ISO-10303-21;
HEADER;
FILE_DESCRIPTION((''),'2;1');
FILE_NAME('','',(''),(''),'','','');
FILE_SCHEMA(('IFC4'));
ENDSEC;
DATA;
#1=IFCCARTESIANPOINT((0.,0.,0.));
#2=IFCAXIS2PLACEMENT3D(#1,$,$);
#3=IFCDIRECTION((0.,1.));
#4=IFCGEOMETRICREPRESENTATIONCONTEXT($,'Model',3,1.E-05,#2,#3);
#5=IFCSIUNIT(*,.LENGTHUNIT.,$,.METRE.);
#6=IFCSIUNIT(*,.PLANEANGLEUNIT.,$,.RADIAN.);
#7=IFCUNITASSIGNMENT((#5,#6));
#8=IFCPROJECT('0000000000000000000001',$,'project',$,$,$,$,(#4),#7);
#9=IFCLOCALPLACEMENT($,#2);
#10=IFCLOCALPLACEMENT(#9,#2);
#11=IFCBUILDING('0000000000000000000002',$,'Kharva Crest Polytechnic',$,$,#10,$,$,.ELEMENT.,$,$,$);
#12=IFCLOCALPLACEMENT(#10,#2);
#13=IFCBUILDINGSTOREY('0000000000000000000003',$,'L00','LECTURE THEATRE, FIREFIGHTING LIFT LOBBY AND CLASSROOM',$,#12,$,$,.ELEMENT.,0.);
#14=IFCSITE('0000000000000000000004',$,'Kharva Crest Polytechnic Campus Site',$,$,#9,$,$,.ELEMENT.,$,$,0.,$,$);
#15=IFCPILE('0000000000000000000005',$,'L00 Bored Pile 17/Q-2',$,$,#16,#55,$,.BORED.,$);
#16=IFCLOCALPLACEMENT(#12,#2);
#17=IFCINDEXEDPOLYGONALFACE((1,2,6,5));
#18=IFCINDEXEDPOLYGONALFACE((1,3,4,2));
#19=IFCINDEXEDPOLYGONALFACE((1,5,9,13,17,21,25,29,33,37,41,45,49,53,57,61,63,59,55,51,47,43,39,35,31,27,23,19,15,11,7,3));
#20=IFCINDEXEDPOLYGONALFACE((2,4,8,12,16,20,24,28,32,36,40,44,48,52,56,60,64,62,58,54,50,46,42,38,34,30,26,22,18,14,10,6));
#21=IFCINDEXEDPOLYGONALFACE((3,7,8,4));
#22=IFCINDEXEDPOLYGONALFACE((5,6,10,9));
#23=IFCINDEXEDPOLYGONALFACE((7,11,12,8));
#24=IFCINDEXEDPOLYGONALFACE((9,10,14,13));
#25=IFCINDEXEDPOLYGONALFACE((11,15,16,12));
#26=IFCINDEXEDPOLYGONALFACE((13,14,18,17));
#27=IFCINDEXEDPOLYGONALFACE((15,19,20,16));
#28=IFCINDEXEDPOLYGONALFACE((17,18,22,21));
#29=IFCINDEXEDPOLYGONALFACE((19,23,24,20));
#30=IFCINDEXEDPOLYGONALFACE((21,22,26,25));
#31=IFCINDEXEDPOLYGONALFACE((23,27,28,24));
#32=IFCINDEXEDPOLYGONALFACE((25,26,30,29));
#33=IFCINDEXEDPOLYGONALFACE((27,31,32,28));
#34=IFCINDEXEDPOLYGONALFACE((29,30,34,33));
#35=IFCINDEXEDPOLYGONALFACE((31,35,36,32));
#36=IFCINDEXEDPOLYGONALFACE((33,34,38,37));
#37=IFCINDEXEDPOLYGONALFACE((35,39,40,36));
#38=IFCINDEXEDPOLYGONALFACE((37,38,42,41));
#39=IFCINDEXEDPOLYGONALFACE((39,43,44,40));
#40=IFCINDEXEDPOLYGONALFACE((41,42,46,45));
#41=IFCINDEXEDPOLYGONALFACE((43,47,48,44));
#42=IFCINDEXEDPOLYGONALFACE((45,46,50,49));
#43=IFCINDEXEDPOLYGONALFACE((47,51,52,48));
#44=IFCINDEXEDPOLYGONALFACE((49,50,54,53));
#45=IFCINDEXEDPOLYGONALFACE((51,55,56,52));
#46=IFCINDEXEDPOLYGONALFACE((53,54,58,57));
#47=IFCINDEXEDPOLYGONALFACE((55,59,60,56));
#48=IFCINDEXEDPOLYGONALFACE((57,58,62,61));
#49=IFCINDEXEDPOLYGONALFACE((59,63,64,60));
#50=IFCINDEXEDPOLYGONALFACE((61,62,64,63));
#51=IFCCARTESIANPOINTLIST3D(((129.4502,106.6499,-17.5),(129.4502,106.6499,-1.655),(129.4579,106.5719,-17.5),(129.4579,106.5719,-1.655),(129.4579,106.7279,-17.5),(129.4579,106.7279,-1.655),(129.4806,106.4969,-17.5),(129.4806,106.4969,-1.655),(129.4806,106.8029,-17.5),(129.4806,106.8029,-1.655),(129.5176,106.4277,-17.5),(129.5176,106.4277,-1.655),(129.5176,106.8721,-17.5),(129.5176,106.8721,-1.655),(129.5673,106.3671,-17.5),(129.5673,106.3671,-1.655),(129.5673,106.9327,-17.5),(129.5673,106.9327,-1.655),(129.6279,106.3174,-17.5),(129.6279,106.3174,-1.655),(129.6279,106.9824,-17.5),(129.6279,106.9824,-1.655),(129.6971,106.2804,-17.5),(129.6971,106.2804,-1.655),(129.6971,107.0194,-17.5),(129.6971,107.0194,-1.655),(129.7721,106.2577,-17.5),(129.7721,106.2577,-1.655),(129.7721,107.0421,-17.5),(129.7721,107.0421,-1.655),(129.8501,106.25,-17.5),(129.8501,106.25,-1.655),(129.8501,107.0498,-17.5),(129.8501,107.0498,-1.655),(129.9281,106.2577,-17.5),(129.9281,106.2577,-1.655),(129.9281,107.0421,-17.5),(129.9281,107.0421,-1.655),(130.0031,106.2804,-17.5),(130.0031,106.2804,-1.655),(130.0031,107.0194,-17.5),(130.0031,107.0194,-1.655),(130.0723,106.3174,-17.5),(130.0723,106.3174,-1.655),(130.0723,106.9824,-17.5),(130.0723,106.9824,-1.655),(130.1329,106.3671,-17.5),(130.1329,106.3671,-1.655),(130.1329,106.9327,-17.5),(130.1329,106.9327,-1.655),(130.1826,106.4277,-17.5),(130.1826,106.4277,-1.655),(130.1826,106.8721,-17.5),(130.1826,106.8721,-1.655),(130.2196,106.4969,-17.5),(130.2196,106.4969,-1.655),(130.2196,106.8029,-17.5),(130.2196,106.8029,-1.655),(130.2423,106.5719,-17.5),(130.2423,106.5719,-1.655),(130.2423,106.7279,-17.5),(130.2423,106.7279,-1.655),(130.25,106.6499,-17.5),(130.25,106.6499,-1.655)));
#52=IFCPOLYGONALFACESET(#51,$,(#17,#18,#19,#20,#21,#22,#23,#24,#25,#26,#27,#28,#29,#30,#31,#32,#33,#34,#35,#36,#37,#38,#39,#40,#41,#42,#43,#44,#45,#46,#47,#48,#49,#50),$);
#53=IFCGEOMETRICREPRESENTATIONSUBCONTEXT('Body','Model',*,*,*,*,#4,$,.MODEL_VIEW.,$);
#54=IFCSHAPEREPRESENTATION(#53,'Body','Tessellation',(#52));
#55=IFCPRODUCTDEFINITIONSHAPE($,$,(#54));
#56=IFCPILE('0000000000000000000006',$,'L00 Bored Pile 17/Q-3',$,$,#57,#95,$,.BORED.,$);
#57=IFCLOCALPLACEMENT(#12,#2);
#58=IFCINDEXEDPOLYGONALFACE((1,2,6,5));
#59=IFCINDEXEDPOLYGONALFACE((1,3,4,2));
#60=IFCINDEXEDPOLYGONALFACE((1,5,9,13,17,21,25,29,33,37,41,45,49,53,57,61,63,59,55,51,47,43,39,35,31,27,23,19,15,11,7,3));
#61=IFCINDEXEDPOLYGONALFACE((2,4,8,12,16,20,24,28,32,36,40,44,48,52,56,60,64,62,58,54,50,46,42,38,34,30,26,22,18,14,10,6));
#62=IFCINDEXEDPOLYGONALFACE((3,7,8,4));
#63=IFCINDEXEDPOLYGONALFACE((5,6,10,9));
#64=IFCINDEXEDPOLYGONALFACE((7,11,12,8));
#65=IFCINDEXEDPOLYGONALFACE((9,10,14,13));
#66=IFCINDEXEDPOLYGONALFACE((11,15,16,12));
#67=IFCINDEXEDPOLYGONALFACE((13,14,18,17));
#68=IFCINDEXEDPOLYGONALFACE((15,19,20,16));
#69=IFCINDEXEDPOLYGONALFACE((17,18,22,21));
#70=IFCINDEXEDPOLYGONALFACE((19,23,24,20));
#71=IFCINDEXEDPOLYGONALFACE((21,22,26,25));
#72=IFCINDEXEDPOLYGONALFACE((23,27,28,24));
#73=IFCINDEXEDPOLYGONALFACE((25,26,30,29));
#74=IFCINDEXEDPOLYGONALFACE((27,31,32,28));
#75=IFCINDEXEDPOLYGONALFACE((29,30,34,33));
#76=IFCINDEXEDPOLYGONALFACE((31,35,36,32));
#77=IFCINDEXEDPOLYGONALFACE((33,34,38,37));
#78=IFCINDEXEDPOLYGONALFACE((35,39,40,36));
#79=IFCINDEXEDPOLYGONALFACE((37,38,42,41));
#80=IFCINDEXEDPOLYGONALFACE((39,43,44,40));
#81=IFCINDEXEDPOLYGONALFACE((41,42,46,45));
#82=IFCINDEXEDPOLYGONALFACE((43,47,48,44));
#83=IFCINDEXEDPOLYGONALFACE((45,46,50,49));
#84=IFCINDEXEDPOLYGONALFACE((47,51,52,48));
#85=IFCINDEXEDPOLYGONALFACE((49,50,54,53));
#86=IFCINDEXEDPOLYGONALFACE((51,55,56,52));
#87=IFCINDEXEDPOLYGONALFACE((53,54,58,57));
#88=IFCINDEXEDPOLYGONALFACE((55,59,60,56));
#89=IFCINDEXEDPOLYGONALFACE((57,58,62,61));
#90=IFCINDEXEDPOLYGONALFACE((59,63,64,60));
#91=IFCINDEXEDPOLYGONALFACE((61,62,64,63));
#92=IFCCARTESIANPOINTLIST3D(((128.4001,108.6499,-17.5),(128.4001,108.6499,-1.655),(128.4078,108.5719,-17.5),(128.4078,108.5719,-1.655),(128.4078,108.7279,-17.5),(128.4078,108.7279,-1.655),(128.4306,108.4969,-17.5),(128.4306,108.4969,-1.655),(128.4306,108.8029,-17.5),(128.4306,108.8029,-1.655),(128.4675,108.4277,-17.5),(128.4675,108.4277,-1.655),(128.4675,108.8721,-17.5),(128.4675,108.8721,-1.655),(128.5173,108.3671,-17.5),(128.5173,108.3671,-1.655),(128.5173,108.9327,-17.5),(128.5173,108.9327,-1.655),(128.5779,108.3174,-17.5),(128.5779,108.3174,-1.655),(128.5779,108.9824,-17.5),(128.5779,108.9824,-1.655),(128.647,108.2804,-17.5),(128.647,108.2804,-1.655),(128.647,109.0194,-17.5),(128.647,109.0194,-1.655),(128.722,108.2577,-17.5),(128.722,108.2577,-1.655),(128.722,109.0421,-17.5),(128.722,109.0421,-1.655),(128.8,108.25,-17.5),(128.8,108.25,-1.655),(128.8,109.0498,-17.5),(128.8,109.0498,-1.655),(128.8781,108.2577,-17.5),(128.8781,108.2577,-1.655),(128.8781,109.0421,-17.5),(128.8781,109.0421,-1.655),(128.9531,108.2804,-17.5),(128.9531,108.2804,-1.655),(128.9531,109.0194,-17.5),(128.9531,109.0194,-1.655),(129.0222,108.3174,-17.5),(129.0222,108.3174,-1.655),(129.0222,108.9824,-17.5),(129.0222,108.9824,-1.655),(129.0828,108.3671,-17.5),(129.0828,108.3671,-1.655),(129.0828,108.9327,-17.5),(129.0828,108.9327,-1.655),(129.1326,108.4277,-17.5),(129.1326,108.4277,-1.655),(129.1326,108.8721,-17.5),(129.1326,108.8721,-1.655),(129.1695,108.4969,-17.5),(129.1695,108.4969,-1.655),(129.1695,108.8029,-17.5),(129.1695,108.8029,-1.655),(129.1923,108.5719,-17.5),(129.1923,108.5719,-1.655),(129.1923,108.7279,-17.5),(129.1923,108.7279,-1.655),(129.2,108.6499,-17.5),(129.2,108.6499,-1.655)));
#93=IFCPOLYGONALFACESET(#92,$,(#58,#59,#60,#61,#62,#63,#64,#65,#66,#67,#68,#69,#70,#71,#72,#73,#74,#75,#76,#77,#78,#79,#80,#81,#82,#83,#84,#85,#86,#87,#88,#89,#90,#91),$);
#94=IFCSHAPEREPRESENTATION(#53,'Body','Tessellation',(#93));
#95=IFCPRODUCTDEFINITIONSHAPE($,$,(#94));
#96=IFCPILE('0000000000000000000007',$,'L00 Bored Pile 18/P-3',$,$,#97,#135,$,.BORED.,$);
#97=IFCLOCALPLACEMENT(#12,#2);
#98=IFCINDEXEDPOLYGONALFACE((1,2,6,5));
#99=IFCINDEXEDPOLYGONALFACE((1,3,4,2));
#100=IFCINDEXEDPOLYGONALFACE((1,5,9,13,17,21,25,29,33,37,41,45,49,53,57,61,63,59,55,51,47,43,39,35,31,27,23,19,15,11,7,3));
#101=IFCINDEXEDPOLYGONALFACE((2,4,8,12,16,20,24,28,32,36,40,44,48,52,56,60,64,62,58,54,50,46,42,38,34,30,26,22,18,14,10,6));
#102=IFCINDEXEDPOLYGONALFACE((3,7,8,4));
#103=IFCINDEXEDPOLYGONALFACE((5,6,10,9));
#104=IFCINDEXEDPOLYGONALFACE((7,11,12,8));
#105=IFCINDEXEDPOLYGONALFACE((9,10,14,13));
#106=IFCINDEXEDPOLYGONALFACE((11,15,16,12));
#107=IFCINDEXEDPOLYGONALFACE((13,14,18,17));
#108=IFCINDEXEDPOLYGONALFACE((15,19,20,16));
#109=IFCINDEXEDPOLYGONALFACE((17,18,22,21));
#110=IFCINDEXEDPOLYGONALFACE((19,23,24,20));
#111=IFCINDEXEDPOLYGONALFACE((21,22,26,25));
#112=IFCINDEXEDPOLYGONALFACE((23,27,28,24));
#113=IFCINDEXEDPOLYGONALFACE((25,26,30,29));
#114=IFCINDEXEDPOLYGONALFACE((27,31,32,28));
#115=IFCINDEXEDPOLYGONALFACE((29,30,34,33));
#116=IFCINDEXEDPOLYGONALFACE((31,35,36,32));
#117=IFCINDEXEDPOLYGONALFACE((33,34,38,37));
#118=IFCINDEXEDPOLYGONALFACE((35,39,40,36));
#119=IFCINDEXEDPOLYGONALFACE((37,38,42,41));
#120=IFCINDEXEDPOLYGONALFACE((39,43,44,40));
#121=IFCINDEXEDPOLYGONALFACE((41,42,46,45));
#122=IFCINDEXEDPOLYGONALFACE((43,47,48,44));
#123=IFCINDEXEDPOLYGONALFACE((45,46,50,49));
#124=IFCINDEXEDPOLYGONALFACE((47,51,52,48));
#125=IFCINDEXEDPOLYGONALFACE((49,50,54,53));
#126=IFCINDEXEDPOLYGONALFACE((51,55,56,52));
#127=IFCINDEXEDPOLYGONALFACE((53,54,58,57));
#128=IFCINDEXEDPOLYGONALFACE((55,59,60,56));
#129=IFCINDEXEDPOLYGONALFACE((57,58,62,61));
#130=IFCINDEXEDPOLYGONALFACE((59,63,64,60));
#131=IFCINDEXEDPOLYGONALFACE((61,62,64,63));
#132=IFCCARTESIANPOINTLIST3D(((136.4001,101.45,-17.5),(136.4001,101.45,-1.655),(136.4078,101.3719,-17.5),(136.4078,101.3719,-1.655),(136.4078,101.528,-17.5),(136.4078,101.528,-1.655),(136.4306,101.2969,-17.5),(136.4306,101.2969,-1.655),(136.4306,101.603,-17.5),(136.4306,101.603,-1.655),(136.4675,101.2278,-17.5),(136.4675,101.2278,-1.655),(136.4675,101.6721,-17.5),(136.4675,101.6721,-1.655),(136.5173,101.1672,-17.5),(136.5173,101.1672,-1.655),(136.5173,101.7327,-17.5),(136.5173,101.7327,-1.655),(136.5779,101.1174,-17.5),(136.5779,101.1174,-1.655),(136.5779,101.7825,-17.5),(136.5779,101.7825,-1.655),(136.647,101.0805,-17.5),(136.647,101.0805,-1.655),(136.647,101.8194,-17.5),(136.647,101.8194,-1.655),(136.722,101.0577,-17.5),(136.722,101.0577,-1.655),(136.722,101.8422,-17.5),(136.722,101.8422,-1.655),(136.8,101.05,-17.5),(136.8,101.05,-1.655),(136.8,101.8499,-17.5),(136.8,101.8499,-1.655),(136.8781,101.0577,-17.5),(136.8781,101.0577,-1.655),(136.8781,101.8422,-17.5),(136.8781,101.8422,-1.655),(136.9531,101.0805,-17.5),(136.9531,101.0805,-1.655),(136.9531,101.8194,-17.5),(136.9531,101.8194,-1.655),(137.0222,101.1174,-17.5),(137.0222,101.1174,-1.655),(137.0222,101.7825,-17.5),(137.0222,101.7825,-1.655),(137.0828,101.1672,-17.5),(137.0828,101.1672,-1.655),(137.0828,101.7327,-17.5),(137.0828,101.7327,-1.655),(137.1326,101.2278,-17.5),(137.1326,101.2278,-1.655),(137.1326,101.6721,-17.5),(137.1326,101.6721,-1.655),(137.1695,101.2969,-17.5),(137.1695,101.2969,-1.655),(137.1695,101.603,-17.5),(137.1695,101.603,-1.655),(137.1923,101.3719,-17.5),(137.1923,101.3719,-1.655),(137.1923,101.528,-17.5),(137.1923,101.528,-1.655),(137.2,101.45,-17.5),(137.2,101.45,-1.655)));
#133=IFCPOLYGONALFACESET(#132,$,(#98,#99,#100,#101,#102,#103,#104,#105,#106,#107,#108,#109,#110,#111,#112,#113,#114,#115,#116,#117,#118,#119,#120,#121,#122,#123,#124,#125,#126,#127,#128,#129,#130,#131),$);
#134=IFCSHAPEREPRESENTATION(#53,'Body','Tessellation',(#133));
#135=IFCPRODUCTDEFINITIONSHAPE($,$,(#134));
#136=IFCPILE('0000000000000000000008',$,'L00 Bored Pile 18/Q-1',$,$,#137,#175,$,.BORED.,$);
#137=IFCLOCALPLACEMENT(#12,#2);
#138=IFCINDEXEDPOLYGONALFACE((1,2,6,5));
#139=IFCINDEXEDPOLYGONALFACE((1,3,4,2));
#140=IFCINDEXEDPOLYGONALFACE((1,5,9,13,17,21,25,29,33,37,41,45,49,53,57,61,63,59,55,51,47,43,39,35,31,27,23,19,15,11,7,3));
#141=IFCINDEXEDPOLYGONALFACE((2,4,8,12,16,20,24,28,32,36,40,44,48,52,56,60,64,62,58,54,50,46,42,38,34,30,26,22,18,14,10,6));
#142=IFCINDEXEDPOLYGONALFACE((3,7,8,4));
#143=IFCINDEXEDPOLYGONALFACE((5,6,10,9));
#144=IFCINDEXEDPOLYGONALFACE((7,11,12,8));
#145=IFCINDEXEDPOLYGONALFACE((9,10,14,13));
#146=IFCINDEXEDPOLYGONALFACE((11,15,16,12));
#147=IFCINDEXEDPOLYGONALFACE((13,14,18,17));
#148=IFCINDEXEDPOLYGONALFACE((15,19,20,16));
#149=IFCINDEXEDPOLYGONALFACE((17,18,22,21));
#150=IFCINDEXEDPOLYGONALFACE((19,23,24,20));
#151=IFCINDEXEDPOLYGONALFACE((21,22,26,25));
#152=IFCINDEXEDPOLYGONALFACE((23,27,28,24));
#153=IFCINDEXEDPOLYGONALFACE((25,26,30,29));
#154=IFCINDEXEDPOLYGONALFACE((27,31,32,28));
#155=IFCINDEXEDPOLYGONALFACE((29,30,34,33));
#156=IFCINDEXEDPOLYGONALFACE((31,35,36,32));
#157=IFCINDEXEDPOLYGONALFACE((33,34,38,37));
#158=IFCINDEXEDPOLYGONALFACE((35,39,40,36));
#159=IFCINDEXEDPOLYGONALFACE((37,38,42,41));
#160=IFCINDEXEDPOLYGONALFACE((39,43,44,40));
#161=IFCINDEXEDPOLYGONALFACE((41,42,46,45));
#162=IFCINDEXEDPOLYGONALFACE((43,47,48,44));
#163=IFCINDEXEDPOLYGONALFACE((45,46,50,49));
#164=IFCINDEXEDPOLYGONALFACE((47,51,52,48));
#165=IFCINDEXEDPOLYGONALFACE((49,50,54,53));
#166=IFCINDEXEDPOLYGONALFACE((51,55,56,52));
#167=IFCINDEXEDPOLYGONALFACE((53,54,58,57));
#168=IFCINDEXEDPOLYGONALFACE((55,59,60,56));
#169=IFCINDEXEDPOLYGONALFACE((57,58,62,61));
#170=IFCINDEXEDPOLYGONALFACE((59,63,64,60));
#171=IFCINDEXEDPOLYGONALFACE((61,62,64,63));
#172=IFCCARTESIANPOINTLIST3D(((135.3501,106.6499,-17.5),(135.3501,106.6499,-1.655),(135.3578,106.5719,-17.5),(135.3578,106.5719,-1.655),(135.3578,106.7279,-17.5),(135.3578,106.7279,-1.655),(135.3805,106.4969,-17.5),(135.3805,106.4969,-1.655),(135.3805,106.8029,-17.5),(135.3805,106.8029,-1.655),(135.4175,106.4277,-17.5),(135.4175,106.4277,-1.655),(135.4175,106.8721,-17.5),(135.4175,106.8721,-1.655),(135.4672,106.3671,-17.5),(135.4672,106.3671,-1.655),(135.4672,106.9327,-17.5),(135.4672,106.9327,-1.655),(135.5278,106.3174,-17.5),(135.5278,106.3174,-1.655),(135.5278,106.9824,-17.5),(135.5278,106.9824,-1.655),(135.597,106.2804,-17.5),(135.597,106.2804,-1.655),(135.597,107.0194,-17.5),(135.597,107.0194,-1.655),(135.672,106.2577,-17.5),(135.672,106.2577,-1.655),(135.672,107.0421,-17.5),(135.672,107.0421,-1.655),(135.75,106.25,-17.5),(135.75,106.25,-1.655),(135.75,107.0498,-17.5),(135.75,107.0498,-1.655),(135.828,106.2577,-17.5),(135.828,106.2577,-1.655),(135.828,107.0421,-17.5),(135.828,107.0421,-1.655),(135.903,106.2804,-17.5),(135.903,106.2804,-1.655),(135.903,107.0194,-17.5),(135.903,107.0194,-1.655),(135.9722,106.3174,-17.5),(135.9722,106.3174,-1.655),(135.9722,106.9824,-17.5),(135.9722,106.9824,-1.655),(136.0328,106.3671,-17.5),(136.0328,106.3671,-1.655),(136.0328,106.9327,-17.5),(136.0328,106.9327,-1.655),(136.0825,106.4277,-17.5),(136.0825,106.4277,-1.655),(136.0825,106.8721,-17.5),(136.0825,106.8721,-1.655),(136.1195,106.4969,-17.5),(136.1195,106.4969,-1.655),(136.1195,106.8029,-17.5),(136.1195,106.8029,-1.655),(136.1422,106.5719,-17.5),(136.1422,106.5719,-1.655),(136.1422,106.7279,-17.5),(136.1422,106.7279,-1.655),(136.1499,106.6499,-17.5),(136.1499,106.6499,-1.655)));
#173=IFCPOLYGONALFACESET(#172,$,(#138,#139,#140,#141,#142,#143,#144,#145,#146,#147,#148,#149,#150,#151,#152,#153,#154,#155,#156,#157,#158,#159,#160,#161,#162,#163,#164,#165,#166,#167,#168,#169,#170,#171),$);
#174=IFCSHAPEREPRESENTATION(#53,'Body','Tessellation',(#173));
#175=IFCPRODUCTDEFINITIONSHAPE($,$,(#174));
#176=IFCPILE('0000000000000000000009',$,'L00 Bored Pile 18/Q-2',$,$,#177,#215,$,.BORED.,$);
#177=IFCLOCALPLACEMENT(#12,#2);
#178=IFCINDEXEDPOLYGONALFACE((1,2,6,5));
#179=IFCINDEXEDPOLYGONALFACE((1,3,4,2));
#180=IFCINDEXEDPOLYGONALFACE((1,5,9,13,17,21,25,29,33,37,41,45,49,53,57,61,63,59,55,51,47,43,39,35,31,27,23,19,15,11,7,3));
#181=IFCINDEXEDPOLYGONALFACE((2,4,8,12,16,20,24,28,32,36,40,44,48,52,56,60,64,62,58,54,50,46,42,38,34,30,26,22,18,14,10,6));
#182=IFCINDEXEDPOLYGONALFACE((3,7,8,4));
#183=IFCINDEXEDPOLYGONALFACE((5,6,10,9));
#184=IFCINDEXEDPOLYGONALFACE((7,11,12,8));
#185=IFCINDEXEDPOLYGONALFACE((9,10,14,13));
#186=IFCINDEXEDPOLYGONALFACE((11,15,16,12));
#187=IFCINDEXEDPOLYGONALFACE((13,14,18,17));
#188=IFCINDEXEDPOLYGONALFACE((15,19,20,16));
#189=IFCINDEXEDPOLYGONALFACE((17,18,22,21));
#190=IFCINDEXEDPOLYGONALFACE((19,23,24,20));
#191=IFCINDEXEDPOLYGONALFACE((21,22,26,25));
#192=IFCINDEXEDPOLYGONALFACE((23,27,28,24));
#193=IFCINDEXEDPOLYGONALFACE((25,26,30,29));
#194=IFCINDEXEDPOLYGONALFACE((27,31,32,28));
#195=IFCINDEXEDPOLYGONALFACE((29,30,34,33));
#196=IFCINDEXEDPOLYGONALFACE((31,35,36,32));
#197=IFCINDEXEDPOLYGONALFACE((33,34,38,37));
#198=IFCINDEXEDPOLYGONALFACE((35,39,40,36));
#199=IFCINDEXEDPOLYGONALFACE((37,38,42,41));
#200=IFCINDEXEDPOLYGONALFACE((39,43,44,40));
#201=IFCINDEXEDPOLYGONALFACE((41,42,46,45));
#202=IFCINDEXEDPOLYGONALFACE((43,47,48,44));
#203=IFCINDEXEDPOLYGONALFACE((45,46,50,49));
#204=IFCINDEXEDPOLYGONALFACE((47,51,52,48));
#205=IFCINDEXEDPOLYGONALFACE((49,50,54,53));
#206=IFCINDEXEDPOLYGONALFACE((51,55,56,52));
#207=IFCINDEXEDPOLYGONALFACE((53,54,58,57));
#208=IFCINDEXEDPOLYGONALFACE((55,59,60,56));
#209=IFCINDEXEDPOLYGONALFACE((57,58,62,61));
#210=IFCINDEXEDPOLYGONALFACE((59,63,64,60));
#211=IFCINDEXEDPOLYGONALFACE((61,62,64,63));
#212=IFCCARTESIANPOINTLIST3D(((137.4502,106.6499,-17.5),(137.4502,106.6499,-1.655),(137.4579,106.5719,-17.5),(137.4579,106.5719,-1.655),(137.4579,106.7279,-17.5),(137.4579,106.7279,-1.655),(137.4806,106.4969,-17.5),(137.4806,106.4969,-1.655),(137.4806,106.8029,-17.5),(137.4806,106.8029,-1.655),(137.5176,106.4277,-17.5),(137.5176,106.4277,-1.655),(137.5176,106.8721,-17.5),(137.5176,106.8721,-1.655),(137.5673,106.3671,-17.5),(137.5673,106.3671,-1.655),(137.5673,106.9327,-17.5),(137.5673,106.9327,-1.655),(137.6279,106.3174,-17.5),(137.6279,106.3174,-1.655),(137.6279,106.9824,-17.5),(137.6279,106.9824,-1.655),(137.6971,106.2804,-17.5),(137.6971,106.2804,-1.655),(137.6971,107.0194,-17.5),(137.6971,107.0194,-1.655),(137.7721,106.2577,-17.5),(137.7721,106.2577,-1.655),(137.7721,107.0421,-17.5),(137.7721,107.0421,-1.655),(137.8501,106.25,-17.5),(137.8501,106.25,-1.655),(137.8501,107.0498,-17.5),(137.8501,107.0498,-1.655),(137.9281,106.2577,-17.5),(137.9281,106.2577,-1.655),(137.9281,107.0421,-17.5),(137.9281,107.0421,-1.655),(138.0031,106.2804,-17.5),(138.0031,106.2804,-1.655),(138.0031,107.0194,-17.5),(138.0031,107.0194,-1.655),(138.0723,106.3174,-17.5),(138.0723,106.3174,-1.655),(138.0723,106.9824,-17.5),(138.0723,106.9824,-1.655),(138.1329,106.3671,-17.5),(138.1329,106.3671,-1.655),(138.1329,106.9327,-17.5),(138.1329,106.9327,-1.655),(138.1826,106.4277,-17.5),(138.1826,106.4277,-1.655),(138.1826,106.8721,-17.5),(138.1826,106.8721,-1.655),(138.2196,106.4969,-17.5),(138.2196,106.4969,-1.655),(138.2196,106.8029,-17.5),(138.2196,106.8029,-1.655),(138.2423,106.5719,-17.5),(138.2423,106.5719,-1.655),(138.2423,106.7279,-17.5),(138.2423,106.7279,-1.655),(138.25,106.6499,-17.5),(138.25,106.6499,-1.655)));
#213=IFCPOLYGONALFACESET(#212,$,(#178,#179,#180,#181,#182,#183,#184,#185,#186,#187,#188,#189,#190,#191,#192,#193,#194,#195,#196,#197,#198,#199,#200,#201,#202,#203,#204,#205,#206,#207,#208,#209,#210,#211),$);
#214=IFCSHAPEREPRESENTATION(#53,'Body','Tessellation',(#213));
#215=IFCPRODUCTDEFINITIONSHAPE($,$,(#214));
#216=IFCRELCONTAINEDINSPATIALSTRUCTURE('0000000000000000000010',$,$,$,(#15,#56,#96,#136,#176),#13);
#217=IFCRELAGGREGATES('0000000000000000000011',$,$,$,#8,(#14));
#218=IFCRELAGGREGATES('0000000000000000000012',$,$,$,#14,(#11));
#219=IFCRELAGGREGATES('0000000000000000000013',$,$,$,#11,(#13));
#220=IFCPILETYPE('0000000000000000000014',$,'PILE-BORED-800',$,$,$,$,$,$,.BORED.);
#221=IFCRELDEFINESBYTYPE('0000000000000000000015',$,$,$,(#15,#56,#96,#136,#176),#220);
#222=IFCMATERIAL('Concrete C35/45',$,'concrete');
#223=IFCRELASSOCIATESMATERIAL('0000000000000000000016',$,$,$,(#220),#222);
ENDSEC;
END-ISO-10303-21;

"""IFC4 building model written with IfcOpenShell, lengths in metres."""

from ifc_helpers import new_model, si_unit, direction, frame, origin, origin_2d, place, context, subcontext, project, spatial, circle, extrude, material, material_profile, profile_set, type_object, element, save


model = new_model("IFC4")

# Units and contexts
model_context = context("Model", 3, precision=1e-05, world=origin(), true_north=direction((0.0, 1.0)))
body_context = subcontext(model_context, "Body", "Model", "MODEL_VIEW")
ifc_project = project(units=[si_unit("LENGTHUNIT", "METRE"), si_unit("PLANEANGLEUNIT", "RADIAN")], contexts=[model_context])

# Site, building, storey
site_placement = place(None, origin())
site = spatial("IfcSite", under=ifc_project, at=site_placement, Name="Kharva Crest Polytechnic Campus Site", CompositionType="ELEMENT", RefElevation=0.0)
building_placement = place(site_placement, origin())
building = spatial("IfcBuilding", under=site, at=building_placement, Name="Kharva Crest Polytechnic", CompositionType="ELEMENT")
storey_placement = place(building_placement, origin())
storey = spatial("IfcBuildingStorey", under=building, at=storey_placement, Name="L00", Description="LECTURE THEATRE, FIREFIGHTING LIFT LOBBY AND CLASSROOM", CompositionType="ELEMENT", Elevation=0.0)

# Shared definitions
ifc_material_1 = material(Name="Concrete C35/45", Category="concrete")

# Piles
ifc_material_profile_1 = material_profile(ifc_material_1, circle(Radius=0.3999, at=origin_2d()), Name="DIA 800")
ifc_profile_set_1 = profile_set([ifc_material_profile_1], Name="Concrete C35/45")
pile_type = type_object("IfcPileType", Name="PILE-BORED-800", PredefinedType="BORED", material=ifc_profile_set_1)
for number, where, z_axis, x_axis, name in (
    (1, (129.8501, 106.6499, -1.655), (0.0, 0.0, -1.0), (1.0, 0.0, 0.0), "L00 Bored Pile 17/Q-2"),
    (2, (128.8, 108.6499, -1.655), (0.0, 0.0, -1.0), (1.0, 0.0, 0.0), "L00 Bored Pile 17/Q-3"),
    (3, (136.8, 101.45, -1.655), (0.0, 0.0, -1.0), (1.0, 0.0, 0.0), "L00 Bored Pile 18/P-3"),
    (4, (135.75, 106.6499, -1.655), (0.0, 0.0, -1.0), (1.0, 0.0, 0.0), "L00 Bored Pile 18/Q-1"),
    (5, (137.8501, 106.6499, -1.655), (0.0, 0.0, -1.0), (1.0, 0.0, 0.0), "L00 Bored Pile 18/Q-2"),
):
    element("IfcPile", number, at=place(storey_placement, frame(where, z_axis=z_axis, x_axis=x_axis)), inside=storey, type_object=pile_type, Name=name, PredefinedType="BORED", context=body_context, shape_type="SweptSolid", body=[
        extrude(circle(Radius=0.3999, at=origin_2d()), origin(), (0.0, 0.0, 1.0), 15.845),
    ])

save(model, "model.ifc")
